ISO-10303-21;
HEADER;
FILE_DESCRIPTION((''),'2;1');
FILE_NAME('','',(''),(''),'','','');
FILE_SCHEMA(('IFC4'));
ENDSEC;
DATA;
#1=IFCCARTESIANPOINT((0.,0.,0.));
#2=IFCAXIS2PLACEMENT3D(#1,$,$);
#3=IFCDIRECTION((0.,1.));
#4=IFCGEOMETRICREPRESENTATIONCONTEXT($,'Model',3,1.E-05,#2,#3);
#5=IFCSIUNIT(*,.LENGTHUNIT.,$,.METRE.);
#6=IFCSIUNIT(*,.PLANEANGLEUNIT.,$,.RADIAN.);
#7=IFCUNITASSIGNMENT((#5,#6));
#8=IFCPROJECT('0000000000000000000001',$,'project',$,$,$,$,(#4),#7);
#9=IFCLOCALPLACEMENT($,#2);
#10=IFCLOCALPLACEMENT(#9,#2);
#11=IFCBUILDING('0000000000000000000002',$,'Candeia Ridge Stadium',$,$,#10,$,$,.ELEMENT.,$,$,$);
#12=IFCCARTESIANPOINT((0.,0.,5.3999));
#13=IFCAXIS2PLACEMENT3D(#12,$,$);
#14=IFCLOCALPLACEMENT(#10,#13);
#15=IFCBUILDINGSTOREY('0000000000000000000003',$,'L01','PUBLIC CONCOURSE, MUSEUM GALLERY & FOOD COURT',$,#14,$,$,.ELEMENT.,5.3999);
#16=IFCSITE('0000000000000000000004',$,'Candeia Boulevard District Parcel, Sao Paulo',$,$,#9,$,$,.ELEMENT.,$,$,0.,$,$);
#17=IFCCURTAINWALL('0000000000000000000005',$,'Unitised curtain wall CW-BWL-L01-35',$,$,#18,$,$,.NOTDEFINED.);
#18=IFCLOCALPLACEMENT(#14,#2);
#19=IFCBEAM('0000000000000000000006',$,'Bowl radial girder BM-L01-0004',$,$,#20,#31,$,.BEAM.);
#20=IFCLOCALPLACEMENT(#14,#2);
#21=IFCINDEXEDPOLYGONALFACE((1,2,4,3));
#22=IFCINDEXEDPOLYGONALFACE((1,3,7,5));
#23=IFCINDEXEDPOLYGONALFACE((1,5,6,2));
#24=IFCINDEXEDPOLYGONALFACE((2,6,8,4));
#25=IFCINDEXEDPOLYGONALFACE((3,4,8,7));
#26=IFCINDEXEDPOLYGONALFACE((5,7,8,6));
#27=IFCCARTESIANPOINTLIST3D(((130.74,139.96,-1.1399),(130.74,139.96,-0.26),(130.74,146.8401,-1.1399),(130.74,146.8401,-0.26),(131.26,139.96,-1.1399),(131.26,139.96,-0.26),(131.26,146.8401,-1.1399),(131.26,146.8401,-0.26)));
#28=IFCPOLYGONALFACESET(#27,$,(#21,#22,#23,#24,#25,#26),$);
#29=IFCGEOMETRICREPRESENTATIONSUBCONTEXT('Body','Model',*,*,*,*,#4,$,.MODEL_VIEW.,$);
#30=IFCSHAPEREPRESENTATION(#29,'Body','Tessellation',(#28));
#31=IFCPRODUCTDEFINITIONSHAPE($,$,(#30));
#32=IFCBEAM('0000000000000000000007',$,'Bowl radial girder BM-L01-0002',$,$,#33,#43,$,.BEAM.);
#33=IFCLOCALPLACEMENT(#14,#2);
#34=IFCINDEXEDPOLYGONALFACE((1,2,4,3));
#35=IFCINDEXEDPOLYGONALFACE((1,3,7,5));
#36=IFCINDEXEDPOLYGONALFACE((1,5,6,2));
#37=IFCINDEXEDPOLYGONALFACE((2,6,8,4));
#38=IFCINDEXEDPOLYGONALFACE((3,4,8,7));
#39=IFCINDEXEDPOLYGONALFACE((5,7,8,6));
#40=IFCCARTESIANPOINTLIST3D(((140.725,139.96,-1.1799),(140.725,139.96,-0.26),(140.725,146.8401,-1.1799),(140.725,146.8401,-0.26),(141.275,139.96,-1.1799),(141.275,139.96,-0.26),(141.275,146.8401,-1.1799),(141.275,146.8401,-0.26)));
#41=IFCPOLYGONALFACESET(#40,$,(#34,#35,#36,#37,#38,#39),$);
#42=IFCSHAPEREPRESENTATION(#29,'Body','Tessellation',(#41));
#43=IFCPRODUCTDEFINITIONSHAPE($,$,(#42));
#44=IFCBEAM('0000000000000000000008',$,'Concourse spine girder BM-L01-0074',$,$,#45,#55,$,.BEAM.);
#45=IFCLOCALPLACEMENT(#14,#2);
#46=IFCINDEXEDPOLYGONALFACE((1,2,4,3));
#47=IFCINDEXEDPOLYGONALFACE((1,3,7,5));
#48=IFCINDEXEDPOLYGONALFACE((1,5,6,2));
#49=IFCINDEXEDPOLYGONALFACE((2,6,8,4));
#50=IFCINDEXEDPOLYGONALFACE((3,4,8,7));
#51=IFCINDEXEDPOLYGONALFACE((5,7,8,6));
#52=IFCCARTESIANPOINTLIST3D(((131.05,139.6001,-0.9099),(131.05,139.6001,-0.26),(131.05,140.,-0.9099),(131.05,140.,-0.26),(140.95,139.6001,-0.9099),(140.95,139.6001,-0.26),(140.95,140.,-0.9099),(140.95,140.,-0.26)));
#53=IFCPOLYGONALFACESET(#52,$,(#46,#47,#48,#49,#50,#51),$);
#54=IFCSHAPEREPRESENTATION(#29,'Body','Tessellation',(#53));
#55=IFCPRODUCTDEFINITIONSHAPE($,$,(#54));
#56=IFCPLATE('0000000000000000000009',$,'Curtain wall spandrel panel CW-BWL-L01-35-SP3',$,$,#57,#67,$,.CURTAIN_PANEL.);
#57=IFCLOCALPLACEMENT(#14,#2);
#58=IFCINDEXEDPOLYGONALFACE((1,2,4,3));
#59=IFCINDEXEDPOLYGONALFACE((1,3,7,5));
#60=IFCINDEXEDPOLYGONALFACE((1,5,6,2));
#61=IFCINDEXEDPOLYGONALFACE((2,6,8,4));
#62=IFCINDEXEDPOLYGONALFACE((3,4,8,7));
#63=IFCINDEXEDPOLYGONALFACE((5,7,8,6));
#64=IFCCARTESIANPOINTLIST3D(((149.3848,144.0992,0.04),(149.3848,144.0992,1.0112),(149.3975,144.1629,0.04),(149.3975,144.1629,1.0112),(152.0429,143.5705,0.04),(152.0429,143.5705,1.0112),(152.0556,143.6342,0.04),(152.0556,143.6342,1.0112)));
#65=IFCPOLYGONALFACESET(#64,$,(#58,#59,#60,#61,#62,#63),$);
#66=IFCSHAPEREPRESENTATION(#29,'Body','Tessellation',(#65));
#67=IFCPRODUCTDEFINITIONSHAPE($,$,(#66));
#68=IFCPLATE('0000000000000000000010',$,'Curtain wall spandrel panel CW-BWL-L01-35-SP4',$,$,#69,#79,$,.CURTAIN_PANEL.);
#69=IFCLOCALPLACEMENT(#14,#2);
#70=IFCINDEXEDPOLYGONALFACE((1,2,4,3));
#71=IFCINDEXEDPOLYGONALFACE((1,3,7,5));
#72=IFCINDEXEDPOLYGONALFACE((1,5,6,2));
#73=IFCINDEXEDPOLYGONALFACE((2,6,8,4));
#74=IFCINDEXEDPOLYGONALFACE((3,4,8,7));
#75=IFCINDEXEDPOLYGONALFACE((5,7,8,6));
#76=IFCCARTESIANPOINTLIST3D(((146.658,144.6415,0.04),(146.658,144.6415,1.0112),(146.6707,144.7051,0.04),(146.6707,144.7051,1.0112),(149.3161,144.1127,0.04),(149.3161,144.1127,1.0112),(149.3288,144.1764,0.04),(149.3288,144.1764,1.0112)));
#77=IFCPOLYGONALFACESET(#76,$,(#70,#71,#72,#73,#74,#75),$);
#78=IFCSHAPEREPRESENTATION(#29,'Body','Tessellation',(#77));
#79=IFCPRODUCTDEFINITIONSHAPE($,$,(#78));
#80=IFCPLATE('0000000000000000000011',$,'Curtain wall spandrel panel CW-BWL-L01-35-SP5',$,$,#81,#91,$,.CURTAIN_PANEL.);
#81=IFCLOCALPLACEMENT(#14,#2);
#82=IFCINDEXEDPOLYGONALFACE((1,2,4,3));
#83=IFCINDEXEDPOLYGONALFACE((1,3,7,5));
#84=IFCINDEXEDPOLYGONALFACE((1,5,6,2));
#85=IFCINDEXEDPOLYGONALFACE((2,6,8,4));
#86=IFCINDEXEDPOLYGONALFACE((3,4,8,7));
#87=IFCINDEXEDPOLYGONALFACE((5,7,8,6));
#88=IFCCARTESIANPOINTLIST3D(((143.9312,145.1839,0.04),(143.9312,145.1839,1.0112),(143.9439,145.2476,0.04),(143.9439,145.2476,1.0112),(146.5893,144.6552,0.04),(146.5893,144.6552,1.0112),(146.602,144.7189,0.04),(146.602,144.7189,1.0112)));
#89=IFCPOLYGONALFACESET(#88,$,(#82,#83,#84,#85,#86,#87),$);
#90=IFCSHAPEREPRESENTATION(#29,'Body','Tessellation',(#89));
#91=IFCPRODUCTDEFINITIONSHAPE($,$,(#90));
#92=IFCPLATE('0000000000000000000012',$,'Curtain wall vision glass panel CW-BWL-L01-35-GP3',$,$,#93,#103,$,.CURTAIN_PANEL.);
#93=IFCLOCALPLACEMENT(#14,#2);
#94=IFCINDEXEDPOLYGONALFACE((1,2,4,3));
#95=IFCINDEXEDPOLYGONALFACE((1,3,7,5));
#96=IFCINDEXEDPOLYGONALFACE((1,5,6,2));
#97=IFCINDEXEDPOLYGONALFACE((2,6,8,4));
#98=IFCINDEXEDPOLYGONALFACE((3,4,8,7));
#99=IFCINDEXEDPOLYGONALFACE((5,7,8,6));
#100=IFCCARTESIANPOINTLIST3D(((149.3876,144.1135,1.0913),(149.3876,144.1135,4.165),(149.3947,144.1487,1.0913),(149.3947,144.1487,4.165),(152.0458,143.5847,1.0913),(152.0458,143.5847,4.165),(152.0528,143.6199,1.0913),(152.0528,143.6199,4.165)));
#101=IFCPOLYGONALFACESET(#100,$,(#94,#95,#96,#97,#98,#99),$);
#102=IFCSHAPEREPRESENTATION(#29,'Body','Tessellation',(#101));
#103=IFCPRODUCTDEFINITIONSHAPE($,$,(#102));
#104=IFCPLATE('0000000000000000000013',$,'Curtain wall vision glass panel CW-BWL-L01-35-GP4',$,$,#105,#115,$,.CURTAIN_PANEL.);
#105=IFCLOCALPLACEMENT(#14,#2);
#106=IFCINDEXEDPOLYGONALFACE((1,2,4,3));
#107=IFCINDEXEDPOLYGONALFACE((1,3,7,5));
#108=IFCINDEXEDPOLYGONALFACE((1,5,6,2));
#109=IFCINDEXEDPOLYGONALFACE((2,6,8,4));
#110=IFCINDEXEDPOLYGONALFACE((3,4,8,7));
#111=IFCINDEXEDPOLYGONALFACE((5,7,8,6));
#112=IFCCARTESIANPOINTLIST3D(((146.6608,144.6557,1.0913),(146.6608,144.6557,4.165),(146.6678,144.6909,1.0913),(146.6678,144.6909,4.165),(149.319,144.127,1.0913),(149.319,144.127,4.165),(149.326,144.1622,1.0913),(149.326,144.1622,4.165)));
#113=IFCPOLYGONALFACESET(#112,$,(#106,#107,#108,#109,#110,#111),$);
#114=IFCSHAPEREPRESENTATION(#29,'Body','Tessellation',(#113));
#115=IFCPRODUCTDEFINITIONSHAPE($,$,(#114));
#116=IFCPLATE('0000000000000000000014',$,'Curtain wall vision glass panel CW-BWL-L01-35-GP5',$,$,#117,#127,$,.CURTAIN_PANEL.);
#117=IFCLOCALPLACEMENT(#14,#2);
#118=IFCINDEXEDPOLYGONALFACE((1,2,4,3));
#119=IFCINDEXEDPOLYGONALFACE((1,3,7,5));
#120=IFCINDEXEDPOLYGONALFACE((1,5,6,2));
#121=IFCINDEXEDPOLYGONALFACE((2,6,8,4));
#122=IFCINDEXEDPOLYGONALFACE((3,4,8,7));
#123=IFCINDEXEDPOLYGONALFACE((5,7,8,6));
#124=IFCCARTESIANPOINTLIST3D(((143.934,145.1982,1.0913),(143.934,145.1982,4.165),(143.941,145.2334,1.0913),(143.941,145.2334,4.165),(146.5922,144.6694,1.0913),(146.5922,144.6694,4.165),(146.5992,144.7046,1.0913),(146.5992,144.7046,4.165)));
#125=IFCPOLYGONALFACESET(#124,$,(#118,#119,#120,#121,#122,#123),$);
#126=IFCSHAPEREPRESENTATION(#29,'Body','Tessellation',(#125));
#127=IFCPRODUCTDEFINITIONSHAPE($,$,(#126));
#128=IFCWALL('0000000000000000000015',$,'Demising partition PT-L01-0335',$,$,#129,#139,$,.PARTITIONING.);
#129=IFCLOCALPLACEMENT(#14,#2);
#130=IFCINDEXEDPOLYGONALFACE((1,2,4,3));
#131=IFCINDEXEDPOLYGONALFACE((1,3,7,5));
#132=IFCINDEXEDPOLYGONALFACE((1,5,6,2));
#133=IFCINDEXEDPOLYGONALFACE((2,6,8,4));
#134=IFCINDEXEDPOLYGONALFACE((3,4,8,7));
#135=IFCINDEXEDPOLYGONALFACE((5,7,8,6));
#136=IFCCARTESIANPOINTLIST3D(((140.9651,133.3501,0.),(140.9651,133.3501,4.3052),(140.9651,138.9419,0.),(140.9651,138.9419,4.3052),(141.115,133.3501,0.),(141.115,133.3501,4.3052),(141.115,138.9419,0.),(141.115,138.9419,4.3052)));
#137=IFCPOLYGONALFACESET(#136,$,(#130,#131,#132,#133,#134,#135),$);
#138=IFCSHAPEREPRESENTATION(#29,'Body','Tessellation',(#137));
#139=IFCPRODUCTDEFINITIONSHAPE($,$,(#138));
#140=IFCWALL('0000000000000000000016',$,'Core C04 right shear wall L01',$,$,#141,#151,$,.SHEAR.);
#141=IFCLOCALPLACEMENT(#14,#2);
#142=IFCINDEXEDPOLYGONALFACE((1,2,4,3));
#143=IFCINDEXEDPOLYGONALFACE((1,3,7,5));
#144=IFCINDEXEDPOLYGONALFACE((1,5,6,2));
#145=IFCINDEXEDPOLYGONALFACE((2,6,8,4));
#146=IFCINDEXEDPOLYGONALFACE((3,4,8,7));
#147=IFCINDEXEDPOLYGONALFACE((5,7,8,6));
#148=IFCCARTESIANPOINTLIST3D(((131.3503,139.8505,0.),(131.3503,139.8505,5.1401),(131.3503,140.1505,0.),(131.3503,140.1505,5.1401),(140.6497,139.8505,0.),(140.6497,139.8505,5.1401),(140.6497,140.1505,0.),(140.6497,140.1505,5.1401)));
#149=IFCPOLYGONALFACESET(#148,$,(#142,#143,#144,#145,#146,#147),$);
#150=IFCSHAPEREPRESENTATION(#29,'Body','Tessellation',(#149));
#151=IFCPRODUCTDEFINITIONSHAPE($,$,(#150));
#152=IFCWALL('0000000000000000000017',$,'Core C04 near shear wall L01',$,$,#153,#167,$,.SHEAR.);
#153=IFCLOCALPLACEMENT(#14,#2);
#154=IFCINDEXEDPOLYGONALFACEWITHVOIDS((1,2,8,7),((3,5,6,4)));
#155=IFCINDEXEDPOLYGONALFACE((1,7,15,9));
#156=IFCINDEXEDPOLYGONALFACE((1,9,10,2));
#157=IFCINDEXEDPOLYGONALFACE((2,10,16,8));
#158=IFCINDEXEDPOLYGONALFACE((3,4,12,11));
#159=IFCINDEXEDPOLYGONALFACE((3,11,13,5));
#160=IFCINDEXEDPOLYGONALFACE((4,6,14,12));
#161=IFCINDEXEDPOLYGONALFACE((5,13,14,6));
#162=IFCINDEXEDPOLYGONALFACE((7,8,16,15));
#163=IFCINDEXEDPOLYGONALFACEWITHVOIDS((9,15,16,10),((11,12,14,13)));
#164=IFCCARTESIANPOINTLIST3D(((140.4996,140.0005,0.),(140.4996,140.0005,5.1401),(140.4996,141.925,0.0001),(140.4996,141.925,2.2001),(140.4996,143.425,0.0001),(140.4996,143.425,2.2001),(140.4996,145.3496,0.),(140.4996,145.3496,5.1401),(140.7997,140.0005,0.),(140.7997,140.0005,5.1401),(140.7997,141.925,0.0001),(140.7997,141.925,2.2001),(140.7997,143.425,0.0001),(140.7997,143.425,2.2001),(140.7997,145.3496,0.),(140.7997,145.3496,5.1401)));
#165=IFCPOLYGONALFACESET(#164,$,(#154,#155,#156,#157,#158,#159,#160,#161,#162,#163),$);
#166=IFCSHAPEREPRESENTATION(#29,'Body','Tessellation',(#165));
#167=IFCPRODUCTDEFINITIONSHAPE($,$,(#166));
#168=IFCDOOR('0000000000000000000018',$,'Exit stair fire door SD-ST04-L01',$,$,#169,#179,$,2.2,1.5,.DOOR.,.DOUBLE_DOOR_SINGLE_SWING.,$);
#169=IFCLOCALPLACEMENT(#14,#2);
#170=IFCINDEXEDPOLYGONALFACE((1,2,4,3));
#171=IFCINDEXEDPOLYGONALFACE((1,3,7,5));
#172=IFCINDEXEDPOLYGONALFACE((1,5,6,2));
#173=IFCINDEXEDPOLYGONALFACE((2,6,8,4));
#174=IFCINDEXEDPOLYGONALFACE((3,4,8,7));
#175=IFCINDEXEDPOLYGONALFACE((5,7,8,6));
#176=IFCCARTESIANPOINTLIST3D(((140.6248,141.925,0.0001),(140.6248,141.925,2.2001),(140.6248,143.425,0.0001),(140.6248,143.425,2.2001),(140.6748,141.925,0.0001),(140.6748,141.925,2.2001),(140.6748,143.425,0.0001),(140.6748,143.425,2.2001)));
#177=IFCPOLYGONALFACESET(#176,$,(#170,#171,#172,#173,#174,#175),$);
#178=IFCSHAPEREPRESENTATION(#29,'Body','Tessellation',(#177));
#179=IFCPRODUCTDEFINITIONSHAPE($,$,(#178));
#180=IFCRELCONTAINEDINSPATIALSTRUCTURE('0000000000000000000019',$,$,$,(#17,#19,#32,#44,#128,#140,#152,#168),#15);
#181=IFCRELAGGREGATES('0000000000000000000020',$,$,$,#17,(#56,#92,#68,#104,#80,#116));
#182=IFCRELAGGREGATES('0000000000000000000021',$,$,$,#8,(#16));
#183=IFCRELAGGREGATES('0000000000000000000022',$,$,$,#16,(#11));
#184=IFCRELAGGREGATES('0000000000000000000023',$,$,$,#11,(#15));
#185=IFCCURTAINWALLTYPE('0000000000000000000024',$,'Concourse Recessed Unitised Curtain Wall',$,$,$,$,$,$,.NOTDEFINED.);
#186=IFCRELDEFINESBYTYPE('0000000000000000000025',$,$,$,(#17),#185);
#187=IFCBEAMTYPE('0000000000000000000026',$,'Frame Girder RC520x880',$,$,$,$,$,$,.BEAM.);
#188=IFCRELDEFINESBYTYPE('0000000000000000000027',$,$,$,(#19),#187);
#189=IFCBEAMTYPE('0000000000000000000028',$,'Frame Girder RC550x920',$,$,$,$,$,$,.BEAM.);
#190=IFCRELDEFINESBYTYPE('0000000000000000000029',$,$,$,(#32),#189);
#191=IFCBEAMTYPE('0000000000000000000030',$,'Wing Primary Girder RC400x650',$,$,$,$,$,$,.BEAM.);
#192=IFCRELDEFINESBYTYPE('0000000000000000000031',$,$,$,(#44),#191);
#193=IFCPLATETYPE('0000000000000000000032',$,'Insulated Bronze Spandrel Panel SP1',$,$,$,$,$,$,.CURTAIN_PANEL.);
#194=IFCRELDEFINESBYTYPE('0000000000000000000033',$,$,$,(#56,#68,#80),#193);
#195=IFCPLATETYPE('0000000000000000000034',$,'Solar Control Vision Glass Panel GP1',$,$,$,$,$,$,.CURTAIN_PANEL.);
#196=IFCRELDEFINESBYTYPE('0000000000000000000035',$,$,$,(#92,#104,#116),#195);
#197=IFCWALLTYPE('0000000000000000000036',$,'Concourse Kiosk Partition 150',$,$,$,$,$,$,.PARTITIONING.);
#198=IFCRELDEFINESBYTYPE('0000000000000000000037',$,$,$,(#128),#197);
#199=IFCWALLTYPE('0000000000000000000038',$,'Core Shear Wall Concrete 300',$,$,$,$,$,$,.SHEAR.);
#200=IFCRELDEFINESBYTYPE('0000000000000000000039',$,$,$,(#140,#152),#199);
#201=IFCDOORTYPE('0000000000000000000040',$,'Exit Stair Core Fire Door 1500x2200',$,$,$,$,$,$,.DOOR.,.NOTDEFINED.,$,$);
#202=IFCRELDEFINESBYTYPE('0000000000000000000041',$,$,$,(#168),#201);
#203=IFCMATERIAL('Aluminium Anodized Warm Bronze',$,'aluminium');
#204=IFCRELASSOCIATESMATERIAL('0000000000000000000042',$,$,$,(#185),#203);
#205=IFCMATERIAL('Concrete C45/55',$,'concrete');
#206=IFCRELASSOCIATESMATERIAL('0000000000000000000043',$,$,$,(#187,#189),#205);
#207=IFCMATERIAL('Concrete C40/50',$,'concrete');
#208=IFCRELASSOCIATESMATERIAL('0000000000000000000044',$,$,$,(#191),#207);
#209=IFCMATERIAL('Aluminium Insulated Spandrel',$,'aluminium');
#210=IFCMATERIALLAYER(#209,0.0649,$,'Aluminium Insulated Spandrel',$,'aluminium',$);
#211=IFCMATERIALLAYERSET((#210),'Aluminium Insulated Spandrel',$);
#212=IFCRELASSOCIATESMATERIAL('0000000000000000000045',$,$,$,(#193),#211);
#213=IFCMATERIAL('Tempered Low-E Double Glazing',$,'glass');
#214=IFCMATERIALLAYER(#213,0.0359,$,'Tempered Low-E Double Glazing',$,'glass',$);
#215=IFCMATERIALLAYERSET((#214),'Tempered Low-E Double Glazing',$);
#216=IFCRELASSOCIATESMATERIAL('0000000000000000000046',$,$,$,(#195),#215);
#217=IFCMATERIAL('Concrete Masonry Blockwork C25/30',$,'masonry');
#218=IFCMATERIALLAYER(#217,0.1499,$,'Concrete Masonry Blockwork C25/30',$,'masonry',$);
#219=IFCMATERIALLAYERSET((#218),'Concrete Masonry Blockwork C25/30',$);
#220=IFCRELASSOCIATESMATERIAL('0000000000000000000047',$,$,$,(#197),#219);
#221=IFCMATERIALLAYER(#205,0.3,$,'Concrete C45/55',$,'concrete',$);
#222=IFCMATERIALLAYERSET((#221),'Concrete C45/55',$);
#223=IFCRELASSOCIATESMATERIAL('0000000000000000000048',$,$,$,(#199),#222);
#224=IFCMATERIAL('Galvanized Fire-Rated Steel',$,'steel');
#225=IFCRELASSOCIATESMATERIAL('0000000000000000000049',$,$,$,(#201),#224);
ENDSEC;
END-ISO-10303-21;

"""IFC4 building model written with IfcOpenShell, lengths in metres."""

from ifc_helpers import new_model, si_unit, direction, frame, frame_2d, origin, origin_2d, place, context, subcontext, project, spatial, rectangle, extrude, material, layer, layer_set, material_profile, profile_set, type_object, element, fill, aggregate, save


model = new_model("IFC4")

# Units and contexts
model_context = context("Model", 3, precision=1e-05, world=origin(), true_north=direction((0.0, 1.0)))
body_context = subcontext(model_context, "Body", "Model", "MODEL_VIEW")
ifc_project = project(units=[si_unit("LENGTHUNIT", "METRE"), si_unit("PLANEANGLEUNIT", "RADIAN")], contexts=[model_context])

# Site, building, storey
site_placement = place(None, origin())
site = spatial("IfcSite", under=ifc_project, at=site_placement, Name="Candeia Boulevard District Parcel, Sao Paulo", CompositionType="ELEMENT", RefElevation=0.0)
building_placement = place(site_placement, origin())
building = spatial("IfcBuilding", under=site, at=building_placement, Name="Candeia Ridge Stadium", CompositionType="ELEMENT")
storey_placement = place(building_placement, frame((0.0, 0.0, 5.3999)))
storey = spatial("IfcBuildingStorey", under=building, at=storey_placement, Name="L01", Description="PUBLIC CONCOURSE, MUSEUM GALLERY & FOOD COURT", CompositionType="ELEMENT", Elevation=5.3999)

# Shared definitions
ifc_material_1 = material(Name="Concrete C45/55", Category="concrete")
ifc_material_2 = material(Name="Concrete C40/50", Category="concrete")

# Curtain wall
ifc_material_3 = material(Name="Aluminium Anodized Warm Bronze", Category="aluminium")
curtain_wall_type = type_object("IfcCurtainWallType", Name="Concourse Recessed Unitised Curtain Wall", PredefinedType="NOTDEFINED", material=ifc_material_3)
curtain_wall_placement = place(storey_placement, origin())
curtain_wall = element("IfcCurtainWall", 1, at=curtain_wall_placement, inside=storey, type_object=curtain_wall_type, Name="Unitised curtain wall CW-BWL-L01-35", PredefinedType="NOTDEFINED")

# Beams
ifc_material_profile_1 = material_profile(ifc_material_1, rectangle(XDim=0.52, YDim=0.8799, at=origin_2d()), Name="RC520x880", Category="concrete")
ifc_profile_set_1 = profile_set([ifc_material_profile_1], Name="Concrete C45/55")
beam_type_1 = type_object("IfcBeamType", Name="Frame Girder RC520x880", PredefinedType="BEAM", material=ifc_profile_set_1)
beam_1_placement = place(storey_placement, frame((131.0, 139.96, -0.7), z_axis=(0.0, 1.0, 0.0), x_axis=(-1.0, 0.0, 0.0)))
element("IfcBeam", 2, at=beam_1_placement, inside=storey, type_object=beam_type_1, Name="Bowl radial girder BM-L01-0004", PredefinedType="BEAM", context=body_context, shape_type="SweptSolid", body=[
    extrude(rectangle(XDim=0.52, YDim=0.8799, at=origin_2d()), origin(), (0.0, 0.0, 1.0), 6.8801),
])
ifc_material_profile_2 = material_profile(ifc_material_1, rectangle(XDim=0.55, YDim=0.9199, at=origin_2d()), Name="RC550x920", Category="concrete")
ifc_profile_set_2 = profile_set([ifc_material_profile_2], Name="Concrete C45/55")
beam_type_2 = type_object("IfcBeamType", Name="Frame Girder RC550x920", PredefinedType="BEAM", material=ifc_profile_set_2)
beam_2_placement = place(storey_placement, frame((141.0, 139.96, -0.72), z_axis=(0.0, 1.0, 0.0), x_axis=(-1.0, 0.0, 0.0)))
element("IfcBeam", 3, at=beam_2_placement, inside=storey, type_object=beam_type_2, Name="Bowl radial girder BM-L01-0002", PredefinedType="BEAM", context=body_context, shape_type="SweptSolid", body=[
    extrude(rectangle(XDim=0.55, YDim=0.9199, at=origin_2d()), origin(), (0.0, 0.0, 1.0), 6.8801),
])
ifc_material_profile_3 = material_profile(ifc_material_2, rectangle(XDim=0.3999, YDim=0.6499, at=origin_2d()), Name="RC400x650", Category="concrete")
ifc_profile_set_3 = profile_set([ifc_material_profile_3], Name="Concrete C40/50")
beam_type_3 = type_object("IfcBeamType", Name="Wing Primary Girder RC400x650", PredefinedType="BEAM", material=ifc_profile_set_3)
beam_3_placement = place(storey_placement, frame((140.95, 139.8, -0.585), z_axis=(-1.0, 0.0, 0.0), x_axis=(0.0, -1.0, 0.0)))
element("IfcBeam", 4, at=beam_3_placement, inside=storey, type_object=beam_type_3, Name="Concourse spine girder BM-L01-0074", PredefinedType="BEAM", context=body_context, shape_type="SweptSolid", body=[
    extrude(rectangle(XDim=0.3999, YDim=0.6499, at=origin_2d()), origin(), (0.0, 0.0, 1.0), 9.8999),
])

# Plates
ifc_material_4 = material(Name="Aluminium Insulated Spandrel", Category="aluminium")
ifc_layer_1 = layer(ifc_material_4, 0.0649, Name="Aluminium Insulated Spandrel", Category="aluminium")
ifc_layer_set_1 = layer_set([ifc_layer_1], Name="Aluminium Insulated Spandrel")
plate_type_1 = type_object("IfcPlateType", Name="Insulated Bronze Spandrel Panel SP1", PredefinedType="CURTAIN_PANEL", material=ifc_layer_set_1)
plate_1_placement = place(storey_placement, frame((150.7202, 143.8667, 0.04), z_axis=(0.0, 0.0, 1.0), x_axis=(-0.980785, 0.19509, 0.0)))
plate_1 = element("IfcPlate", 5, at=plate_1_placement, type_object=plate_type_1, Name="Curtain wall spandrel panel CW-BWL-L01-35-SP3", PredefinedType="CURTAIN_PANEL", context=body_context, shape_type="SweptSolid", body=[
    extrude(rectangle(XDim=2.7102, YDim=0.0649, at=origin_2d()), origin(), (0.0, 0.0, 1.0), 0.9712),
])
plate_2_placement = place(storey_placement, frame((147.9934, 144.4089, 0.04), z_axis=(0.0, 0.0, 1.0), x_axis=(-0.980785, 0.19509, 0.0)))
plate_2 = element("IfcPlate", 6, at=plate_2_placement, type_object=plate_type_1, Name="Curtain wall spandrel panel CW-BWL-L01-35-SP4", PredefinedType="CURTAIN_PANEL", context=body_context, shape_type="SweptSolid", body=[
    extrude(rectangle(XDim=2.7102, YDim=0.0649, at=origin_2d()), origin(), (0.0, 0.0, 1.0), 0.9712),
])
plate_3_placement = place(storey_placement, frame((145.2666, 144.9514, 0.04), z_axis=(0.0, 0.0, 1.0), x_axis=(-0.980785, 0.19509, 0.0)))
plate_3 = element("IfcPlate", 7, at=plate_3_placement, type_object=plate_type_1, Name="Curtain wall spandrel panel CW-BWL-L01-35-SP5", PredefinedType="CURTAIN_PANEL", context=body_context, shape_type="SweptSolid", body=[
    extrude(rectangle(XDim=2.7102, YDim=0.0649, at=origin_2d()), origin(), (0.0, 0.0, 1.0), 0.9712),
])
ifc_material_5 = material(Name="Tempered Low-E Double Glazing", Category="glass")
ifc_layer_2 = layer(ifc_material_5, 0.0359, Name="Tempered Low-E Double Glazing", Category="glass")
ifc_layer_set_2 = layer_set([ifc_layer_2], Name="Tempered Low-E Double Glazing")
plate_type_2 = type_object("IfcPlateType", Name="Solar Control Vision Glass Panel GP1", PredefinedType="CURTAIN_PANEL", material=ifc_layer_set_2)
plate_4_placement = place(storey_placement, frame((150.7202, 143.8667, 1.0913), z_axis=(0.0, 0.0, 1.0), x_axis=(-0.980785, 0.19509, 0.0)))
plate_4 = element("IfcPlate", 8, at=plate_4_placement, type_object=plate_type_2, Name="Curtain wall vision glass panel CW-BWL-L01-35-GP3", PredefinedType="CURTAIN_PANEL", context=body_context, shape_type="SweptSolid", body=[
    extrude(rectangle(XDim=2.7102, YDim=0.0359, at=origin_2d()), origin(), (0.0, 0.0, 1.0), 3.0737),
])
plate_5_placement = place(storey_placement, frame((147.9934, 144.4089, 1.0913), z_axis=(0.0, 0.0, 1.0), x_axis=(-0.980785, 0.19509, 0.0)))
plate_5 = element("IfcPlate", 9, at=plate_5_placement, type_object=plate_type_2, Name="Curtain wall vision glass panel CW-BWL-L01-35-GP4", PredefinedType="CURTAIN_PANEL", context=body_context, shape_type="SweptSolid", body=[
    extrude(rectangle(XDim=2.7102, YDim=0.0359, at=origin_2d()), origin(), (0.0, 0.0, 1.0), 3.0737),
])
plate_6_placement = place(storey_placement, frame((145.2666, 144.9514, 1.0913), z_axis=(0.0, 0.0, 1.0), x_axis=(-0.980785, 0.19509, 0.0)))
plate_6 = element("IfcPlate", 10, at=plate_6_placement, type_object=plate_type_2, Name="Curtain wall vision glass panel CW-BWL-L01-35-GP5", PredefinedType="CURTAIN_PANEL", context=body_context, shape_type="SweptSolid", body=[
    extrude(rectangle(XDim=2.7102, YDim=0.0359, at=origin_2d()), origin(), (0.0, 0.0, 1.0), 3.0737),
])
aggregate(curtain_wall, [plate_1, plate_4, plate_2, plate_5, plate_3, plate_6])

# Walls
ifc_material_6 = material(Name="Concrete Masonry Blockwork C25/30", Category="masonry")
ifc_layer_3 = layer(ifc_material_6, 0.1499, Name="Concrete Masonry Blockwork C25/30", Category="masonry")
ifc_layer_set_3 = layer_set([ifc_layer_3], Name="Concrete Masonry Blockwork C25/30")
wall_type_1 = type_object("IfcWallType", Name="Concourse Kiosk Partition 150", PredefinedType="PARTITIONING", material=ifc_layer_set_3)
wall_1_placement = place(storey_placement, frame((141.04, 133.3501, 0.0), z_axis=(0.0, 0.0, 1.0), x_axis=(0.0, 1.0, 0.0)))
element("IfcWall", 11, at=wall_1_placement, inside=storey, type_object=wall_type_1, Name="Demising partition PT-L01-0335", PredefinedType="PARTITIONING", context=body_context, shape_type="SweptSolid", body=[
    extrude(rectangle(XDim=5.5918, YDim=0.1499, at=frame_2d((2.7959, 0.0))), origin(), (0.0, 0.0, 1.0), 4.3052),
])
ifc_layer_4 = layer(ifc_material_1, 0.3, Name="Concrete C45/55", Category="concrete")
ifc_layer_set_4 = layer_set([ifc_layer_4], Name="Concrete C45/55")
wall_type_2 = type_object("IfcWallType", Name="Core Shear Wall Concrete 300", PredefinedType="SHEAR", material=ifc_layer_set_4)
wall_2_placement = place(storey_placement, frame((131.3503, 140.0005, 0.0), z_axis=(0.0, 0.0, 1.0), x_axis=(1.0, 0.0, 0.0)))
element("IfcWall", 12, at=wall_2_placement, inside=storey, type_object=wall_type_2, Name="Core C04 right shear wall L01", PredefinedType="SHEAR", context=body_context, shape_type="SweptSolid", body=[
    extrude(rectangle(XDim=9.2993, YDim=0.3, at=frame_2d((4.6497, 0.0))), origin(), (0.0, 0.0, 1.0), 5.1401),
])

# Wall, opening, door
wall_3_placement = place(storey_placement, frame((140.6497, 140.0005, 0.0), z_axis=(0.0, 0.0, 1.0), x_axis=(0.0, 1.0, 0.0)))
wall_3 = element("IfcWall", 13, at=wall_3_placement, inside=storey, type_object=wall_type_2, Name="Core C04 near shear wall L01", PredefinedType="SHEAR", context=body_context, shape_type="SweptSolid", body=[
    extrude(rectangle(XDim=5.3491, YDim=0.3, at=frame_2d((2.6746, 0.0))), origin(), (0.0, 0.0, 1.0), 5.1401),
])
opening_1_placement = place(wall_3_placement, frame((1.9246, 0.0, 0.0)))
opening_1 = element("IfcOpeningElement", 14, at=opening_1_placement, cuts=wall_3, PredefinedType="OPENING", context=body_context, shape_type="SweptSolid", body=[
    extrude(rectangle(XDim=1.5, YDim=2.2, at=frame_2d((0.75, 1.1001))), frame((0.0, 0.1599, 0.0), z_axis=(0.0, -1.0, 0.0), x_axis=(1.0, 0.0, 0.0)), (0.0, 0.0, 1.0), 0.3201),
])
ifc_material_7 = material(Name="Galvanized Fire-Rated Steel", Category="steel")
door_type_1 = type_object("IfcDoorType", Name="Exit Stair Core Fire Door 1500x2200", OperationType="NOTDEFINED", PredefinedType="DOOR", material=ifc_material_7)
door_1_placement = place(opening_1_placement, origin())
door_1 = element("IfcDoor", 15, at=door_1_placement, inside=storey, type_object=door_type_1, Name="Exit stair fire door SD-ST04-L01", OperationType="DOUBLE_DOOR_SINGLE_SWING", OverallHeight=2.2, OverallWidth=1.5, PredefinedType="DOOR", context=body_context, shape_type="SweptSolid", body=[
    extrude(rectangle(XDim=1.5, YDim=2.2, at=frame_2d((0.75, 1.1001))), frame((0.0, 0.0249, 0.0), z_axis=(0.0, -1.0, 0.0), x_axis=(1.0, 0.0, 0.0)), (0.0, 0.0, 1.0), 0.05),
])
fill(opening_1, door_1)

save(model, "model.ifc")
